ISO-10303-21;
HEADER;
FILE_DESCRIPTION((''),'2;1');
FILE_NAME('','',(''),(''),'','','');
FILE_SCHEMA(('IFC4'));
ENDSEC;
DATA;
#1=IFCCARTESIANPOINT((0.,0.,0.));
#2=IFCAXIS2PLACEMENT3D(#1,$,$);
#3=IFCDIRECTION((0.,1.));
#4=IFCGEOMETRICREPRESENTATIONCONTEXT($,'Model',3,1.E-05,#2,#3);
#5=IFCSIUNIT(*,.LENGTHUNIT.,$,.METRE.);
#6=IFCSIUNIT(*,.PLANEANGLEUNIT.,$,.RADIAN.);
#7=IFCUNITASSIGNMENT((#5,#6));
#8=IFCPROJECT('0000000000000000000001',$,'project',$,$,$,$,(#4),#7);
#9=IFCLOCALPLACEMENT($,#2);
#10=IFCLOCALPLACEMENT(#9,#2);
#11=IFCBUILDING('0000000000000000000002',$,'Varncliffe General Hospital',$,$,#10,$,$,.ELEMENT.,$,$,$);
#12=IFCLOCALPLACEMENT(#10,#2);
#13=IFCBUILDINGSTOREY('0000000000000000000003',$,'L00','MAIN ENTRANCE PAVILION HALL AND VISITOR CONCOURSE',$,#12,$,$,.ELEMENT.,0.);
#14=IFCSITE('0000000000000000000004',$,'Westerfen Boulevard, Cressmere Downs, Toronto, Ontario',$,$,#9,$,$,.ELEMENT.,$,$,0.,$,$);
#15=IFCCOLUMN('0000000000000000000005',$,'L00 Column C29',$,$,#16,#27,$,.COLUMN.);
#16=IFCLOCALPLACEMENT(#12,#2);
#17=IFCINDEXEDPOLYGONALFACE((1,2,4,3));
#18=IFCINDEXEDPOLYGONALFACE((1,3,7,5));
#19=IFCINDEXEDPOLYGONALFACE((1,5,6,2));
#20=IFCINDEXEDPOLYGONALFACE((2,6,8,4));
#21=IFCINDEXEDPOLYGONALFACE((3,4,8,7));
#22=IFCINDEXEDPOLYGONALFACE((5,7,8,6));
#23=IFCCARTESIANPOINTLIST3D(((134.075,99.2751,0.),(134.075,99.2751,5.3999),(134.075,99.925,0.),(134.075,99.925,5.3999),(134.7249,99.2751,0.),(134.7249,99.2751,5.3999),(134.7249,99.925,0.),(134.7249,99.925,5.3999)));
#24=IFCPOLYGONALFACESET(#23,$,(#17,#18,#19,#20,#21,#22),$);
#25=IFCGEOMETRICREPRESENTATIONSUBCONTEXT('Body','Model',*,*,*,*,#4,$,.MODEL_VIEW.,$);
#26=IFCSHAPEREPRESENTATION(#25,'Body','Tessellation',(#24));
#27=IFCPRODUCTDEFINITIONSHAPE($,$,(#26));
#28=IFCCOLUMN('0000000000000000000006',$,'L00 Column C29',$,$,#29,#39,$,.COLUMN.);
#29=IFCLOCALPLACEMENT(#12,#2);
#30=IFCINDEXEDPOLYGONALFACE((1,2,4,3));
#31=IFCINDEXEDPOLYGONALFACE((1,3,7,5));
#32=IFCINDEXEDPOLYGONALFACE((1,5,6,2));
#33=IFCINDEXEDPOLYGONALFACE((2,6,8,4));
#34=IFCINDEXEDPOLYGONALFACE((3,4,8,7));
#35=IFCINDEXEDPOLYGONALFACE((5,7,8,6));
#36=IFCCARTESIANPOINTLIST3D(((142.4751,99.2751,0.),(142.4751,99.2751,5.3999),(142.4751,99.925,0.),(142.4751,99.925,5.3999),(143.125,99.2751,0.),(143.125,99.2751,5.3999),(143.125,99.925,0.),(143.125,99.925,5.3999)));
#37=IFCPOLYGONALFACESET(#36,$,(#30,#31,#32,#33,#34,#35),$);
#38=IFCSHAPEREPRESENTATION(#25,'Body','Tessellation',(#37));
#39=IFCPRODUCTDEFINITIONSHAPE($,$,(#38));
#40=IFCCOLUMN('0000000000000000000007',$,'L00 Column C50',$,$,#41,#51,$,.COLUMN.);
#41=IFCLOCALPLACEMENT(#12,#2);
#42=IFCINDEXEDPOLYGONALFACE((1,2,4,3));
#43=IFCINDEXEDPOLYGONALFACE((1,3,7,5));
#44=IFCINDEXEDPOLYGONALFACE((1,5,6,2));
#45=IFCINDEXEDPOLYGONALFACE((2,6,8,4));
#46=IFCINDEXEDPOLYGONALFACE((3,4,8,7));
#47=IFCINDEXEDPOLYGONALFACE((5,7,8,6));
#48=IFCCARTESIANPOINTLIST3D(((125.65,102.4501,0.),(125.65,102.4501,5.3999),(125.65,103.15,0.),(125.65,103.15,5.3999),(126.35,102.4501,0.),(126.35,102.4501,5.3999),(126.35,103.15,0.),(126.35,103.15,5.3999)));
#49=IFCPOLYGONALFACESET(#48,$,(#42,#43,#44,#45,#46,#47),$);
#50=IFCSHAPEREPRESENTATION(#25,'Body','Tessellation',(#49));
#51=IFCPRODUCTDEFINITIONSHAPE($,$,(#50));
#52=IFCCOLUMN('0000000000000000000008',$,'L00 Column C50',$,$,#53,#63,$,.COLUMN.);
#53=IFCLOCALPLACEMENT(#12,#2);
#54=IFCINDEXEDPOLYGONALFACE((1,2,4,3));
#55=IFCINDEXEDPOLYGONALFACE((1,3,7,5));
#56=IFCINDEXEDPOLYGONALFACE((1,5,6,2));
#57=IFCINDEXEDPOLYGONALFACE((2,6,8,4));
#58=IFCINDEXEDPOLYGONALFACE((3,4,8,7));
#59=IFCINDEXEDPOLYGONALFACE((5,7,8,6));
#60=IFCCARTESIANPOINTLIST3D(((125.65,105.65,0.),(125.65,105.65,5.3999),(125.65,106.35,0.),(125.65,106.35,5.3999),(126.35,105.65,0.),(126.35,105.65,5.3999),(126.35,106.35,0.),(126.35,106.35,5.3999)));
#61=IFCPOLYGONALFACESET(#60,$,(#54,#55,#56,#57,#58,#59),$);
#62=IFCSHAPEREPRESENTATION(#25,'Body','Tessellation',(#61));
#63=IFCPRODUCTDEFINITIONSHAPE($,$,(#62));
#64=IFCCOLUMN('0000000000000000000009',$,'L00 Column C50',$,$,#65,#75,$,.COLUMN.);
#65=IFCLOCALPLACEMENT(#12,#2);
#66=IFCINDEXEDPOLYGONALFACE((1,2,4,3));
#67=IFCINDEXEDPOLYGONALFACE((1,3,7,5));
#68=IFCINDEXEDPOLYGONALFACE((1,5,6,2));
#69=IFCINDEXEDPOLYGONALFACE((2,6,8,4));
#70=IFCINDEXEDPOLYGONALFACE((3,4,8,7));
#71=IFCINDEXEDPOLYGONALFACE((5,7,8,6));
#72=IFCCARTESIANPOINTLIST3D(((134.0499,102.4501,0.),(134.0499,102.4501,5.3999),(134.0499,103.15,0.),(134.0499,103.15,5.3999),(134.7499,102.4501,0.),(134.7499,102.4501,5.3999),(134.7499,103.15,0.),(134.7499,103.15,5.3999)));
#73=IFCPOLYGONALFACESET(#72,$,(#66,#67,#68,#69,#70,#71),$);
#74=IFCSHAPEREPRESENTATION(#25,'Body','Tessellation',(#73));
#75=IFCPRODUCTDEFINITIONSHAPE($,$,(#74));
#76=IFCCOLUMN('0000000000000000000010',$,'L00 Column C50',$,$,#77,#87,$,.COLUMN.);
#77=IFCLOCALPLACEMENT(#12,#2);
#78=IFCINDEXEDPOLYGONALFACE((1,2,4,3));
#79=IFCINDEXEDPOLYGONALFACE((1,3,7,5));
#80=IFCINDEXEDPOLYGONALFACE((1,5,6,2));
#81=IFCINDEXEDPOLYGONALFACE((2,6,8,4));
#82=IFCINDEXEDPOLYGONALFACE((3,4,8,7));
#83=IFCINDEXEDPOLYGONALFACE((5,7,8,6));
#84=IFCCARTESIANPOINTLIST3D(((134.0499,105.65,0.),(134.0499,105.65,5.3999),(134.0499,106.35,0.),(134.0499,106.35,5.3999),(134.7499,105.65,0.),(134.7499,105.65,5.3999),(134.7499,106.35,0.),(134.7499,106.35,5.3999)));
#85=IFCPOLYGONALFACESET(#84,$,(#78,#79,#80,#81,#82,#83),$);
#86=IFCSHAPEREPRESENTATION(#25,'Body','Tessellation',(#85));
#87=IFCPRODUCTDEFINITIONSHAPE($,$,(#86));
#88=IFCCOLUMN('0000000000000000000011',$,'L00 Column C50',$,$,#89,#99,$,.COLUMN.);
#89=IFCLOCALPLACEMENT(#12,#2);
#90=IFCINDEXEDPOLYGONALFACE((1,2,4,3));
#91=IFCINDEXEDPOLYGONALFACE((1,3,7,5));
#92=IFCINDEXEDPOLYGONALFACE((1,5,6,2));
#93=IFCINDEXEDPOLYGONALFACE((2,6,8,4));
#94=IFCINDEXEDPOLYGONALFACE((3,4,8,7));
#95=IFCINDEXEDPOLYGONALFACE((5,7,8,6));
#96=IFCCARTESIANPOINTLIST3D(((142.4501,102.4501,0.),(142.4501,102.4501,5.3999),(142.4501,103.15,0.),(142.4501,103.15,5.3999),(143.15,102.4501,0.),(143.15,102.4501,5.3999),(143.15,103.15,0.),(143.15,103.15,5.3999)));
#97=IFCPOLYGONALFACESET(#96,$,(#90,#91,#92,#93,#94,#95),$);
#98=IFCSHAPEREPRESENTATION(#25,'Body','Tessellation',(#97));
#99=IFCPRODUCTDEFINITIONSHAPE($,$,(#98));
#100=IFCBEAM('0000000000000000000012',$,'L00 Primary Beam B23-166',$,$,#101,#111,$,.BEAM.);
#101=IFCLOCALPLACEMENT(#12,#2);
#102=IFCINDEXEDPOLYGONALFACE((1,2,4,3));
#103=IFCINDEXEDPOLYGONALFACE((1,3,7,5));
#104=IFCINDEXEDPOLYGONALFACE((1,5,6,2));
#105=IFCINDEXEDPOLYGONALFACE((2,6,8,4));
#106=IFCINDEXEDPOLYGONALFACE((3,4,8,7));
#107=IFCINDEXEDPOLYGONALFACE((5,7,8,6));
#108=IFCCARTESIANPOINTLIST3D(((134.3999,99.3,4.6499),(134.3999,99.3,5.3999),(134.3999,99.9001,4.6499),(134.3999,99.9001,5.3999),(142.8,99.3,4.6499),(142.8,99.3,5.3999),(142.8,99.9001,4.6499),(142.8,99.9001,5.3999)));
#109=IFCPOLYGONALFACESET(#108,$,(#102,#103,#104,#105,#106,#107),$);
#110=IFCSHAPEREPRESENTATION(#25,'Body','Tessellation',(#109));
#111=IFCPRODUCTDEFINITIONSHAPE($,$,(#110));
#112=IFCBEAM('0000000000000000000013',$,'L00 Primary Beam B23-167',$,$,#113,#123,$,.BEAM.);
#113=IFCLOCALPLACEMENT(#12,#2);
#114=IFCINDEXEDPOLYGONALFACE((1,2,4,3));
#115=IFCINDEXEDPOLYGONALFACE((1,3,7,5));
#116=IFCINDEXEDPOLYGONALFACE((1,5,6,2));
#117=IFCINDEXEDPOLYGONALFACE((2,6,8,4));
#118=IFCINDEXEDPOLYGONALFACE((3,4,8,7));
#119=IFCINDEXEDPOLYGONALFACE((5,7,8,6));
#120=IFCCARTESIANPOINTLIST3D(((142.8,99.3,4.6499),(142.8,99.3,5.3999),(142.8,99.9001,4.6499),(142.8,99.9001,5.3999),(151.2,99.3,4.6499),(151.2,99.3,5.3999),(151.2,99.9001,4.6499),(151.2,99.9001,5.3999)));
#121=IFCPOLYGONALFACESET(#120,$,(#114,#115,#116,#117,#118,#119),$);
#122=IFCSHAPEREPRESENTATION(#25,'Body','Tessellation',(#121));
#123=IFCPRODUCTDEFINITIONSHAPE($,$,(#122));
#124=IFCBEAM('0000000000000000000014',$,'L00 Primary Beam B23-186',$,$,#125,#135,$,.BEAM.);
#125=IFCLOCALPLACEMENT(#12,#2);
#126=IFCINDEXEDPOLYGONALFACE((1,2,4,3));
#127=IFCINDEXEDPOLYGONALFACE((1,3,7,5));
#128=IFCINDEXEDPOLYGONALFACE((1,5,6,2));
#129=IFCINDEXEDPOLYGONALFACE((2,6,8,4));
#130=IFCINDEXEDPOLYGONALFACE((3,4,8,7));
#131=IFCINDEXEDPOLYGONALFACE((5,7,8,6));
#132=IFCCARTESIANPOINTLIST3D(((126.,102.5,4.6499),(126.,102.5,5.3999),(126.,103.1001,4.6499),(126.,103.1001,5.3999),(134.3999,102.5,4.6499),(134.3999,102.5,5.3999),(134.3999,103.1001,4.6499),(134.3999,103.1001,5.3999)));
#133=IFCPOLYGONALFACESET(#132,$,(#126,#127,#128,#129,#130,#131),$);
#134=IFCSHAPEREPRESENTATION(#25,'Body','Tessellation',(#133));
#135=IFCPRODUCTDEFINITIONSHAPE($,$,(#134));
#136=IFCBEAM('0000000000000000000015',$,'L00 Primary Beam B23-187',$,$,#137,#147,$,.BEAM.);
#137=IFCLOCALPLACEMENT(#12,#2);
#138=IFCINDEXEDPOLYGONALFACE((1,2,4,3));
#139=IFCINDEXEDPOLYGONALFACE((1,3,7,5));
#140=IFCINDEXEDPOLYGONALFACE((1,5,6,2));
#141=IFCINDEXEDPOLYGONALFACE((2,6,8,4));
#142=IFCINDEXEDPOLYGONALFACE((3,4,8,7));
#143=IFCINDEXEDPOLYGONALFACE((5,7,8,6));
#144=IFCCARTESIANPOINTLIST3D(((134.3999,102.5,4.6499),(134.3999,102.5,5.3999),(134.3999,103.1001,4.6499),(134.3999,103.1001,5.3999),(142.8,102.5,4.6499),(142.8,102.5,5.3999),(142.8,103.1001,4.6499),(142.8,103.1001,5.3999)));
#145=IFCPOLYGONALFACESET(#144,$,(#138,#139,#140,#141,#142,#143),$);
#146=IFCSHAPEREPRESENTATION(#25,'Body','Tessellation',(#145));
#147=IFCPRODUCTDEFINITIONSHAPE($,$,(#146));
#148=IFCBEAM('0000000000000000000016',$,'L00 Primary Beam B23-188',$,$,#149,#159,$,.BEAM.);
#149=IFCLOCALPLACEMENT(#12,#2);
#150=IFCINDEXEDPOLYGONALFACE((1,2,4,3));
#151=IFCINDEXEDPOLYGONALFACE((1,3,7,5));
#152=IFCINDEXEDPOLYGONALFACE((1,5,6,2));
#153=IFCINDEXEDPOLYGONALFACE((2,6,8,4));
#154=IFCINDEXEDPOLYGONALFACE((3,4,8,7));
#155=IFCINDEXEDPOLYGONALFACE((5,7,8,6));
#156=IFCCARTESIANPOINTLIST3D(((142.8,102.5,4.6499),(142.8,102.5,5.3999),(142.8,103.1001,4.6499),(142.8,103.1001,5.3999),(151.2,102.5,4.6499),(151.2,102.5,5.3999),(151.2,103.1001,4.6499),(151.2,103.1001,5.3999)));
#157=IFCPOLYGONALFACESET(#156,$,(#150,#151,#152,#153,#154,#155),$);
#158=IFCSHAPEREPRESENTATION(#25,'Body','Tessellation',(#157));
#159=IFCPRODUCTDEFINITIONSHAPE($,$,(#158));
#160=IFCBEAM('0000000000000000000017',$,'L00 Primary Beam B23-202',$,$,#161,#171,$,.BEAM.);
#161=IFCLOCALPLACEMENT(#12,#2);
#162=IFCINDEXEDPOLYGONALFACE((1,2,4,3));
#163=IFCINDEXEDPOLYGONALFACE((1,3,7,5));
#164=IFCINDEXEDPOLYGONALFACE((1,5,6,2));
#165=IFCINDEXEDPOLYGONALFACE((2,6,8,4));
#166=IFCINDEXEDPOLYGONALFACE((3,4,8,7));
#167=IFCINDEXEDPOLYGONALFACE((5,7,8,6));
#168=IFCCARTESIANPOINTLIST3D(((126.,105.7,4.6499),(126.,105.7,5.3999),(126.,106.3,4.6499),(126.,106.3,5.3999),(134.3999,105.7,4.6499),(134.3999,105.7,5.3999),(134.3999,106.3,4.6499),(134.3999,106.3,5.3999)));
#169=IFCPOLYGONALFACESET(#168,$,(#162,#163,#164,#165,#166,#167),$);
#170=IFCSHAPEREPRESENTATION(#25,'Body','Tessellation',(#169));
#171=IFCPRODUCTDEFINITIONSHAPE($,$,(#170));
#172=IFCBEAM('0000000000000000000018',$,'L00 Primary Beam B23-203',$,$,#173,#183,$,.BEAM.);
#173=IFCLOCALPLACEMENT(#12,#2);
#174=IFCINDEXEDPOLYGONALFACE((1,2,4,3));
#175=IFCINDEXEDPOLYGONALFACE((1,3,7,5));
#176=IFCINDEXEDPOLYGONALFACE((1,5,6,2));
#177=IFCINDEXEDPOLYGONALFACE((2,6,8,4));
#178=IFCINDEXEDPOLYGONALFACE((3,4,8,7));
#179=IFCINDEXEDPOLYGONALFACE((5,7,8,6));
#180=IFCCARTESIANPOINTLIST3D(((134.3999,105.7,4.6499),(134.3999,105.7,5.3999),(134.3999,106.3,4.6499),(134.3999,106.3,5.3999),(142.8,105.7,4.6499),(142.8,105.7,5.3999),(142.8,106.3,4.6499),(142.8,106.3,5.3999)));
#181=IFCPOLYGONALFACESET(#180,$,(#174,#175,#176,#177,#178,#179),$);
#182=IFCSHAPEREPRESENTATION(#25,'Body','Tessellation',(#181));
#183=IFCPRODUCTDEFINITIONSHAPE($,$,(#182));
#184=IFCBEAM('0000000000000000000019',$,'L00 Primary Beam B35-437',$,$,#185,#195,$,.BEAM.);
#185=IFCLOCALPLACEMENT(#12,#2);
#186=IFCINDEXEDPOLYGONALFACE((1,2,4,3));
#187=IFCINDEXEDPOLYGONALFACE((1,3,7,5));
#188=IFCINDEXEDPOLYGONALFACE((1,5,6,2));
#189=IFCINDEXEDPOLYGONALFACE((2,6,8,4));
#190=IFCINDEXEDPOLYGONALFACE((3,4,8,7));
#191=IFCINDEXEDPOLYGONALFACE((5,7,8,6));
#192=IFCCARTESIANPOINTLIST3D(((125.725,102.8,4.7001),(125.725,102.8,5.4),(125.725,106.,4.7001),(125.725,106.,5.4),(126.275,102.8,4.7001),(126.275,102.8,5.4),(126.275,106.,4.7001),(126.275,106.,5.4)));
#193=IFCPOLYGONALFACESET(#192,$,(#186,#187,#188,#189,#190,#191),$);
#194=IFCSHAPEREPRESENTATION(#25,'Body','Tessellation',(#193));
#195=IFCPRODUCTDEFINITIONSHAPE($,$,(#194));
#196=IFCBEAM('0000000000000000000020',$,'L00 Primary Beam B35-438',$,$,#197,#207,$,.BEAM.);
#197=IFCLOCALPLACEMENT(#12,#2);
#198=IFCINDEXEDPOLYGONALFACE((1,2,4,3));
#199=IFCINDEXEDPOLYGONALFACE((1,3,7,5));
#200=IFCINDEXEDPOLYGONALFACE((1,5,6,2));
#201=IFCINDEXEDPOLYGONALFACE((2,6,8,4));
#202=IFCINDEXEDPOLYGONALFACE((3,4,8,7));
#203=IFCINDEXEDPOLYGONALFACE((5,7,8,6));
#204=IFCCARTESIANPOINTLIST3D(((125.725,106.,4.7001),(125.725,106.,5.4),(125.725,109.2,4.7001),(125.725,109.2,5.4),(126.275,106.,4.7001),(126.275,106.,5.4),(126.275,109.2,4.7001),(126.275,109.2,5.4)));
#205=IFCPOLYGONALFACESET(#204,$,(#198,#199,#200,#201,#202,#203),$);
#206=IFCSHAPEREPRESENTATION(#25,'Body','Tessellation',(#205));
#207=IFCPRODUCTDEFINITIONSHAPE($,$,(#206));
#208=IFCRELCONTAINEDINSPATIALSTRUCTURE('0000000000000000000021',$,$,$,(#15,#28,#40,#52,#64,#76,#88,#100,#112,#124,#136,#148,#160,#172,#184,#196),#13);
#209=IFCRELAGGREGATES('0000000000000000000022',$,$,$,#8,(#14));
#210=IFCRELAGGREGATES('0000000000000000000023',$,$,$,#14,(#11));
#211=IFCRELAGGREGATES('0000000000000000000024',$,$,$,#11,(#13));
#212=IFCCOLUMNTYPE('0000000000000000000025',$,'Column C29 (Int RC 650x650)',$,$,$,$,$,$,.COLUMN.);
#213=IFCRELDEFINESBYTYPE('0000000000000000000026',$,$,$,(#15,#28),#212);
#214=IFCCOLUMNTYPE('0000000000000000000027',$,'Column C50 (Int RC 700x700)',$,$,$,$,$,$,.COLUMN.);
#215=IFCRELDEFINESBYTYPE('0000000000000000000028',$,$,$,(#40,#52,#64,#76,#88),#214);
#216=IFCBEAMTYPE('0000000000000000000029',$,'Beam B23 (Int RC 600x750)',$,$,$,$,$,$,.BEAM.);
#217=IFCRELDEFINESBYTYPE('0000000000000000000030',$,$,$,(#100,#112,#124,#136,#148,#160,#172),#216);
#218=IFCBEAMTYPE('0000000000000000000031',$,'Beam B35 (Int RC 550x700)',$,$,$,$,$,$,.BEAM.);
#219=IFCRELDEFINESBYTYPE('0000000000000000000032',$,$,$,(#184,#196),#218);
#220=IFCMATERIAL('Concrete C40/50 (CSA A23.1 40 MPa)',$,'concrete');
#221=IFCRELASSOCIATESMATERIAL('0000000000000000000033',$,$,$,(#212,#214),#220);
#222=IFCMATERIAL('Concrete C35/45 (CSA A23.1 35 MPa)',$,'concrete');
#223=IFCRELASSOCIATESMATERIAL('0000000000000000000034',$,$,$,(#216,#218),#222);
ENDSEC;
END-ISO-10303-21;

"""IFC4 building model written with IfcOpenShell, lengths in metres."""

from ifc_helpers import new_model, si_unit, direction, frame, origin, origin_2d, place, context, subcontext, project, spatial, rectangle, extrude, material, material_profile, profile_set, type_object, element, save


model = new_model("IFC4")

# Units and contexts
model_context = context("Model", 3, precision=1e-05, world=origin(), true_north=direction((0.0, 1.0)))
body_context = subcontext(model_context, "Body", "Model", "MODEL_VIEW")
ifc_project = project(units=[si_unit("LENGTHUNIT", "METRE"), si_unit("PLANEANGLEUNIT", "RADIAN")], contexts=[model_context])

# Site, building, storey
site_placement = place(None, origin())
site = spatial("IfcSite", under=ifc_project, at=site_placement, Name="Westerfen Boulevard, Cressmere Downs, Toronto, Ontario", CompositionType="ELEMENT", RefElevation=0.0)
building_placement = place(site_placement, origin())
building = spatial("IfcBuilding", under=site, at=building_placement, Name="Varncliffe General Hospital", CompositionType="ELEMENT")
storey_placement = place(building_placement, origin())
storey = spatial("IfcBuildingStorey", under=building, at=storey_placement, Name="L00", Description="MAIN ENTRANCE PAVILION HALL AND VISITOR CONCOURSE", CompositionType="ELEMENT", Elevation=0.0)

# Columns
ifc_material_1 = material(Name="Concrete C40/50 (CSA A23.1 40 MPa)", Category="concrete")
ifc_material_profile_1 = material_profile(ifc_material_1, rectangle(XDim=0.6499, YDim=0.6499, at=origin_2d()), Name="RC 650x650")
ifc_profile_set_1 = profile_set([ifc_material_profile_1], Name="Concrete C40/50 (CSA A23.1 40 MPa)")
column_type_1 = type_object("IfcColumnType", Name="Column C29 (Int RC 650x650)", PredefinedType="COLUMN", material=ifc_profile_set_1)
for number, where, z_axis, x_axis, name in (
    (1, (134.3999, 99.6001, 0.0), (0.0, 0.0, 1.0), (1.0, 0.0, 0.0), "L00 Column C29"),
    (2, (142.8, 99.6001, 0.0), (0.0, 0.0, 1.0), (1.0, 0.0, 0.0), "L00 Column C29"),
):
    element("IfcColumn", number, at=place(storey_placement, frame(where, z_axis=z_axis, x_axis=x_axis)), inside=storey, type_object=column_type_1, Name=name, PredefinedType="COLUMN", context=body_context, shape_type="SweptSolid", body=[
        extrude(rectangle(XDim=0.6499, YDim=0.6499, at=origin_2d()), origin(), (0.0, 0.0, 1.0), 5.3999),
    ])
ifc_material_profile_2 = material_profile(ifc_material_1, rectangle(XDim=0.7, YDim=0.7, at=origin_2d()), Name="RC 700x700")
ifc_profile_set_2 = profile_set([ifc_material_profile_2], Name="Concrete C40/50 (CSA A23.1 40 MPa)")
column_type_2 = type_object("IfcColumnType", Name="Column C50 (Int RC 700x700)", PredefinedType="COLUMN", material=ifc_profile_set_2)
for number, where, z_axis, x_axis, name in (
    (3, (126.0, 102.8, 0.0), (0.0, 0.0, 1.0), (1.0, 0.0, 0.0), "L00 Column C50"),
    (4, (126.0, 106.0, 0.0), (0.0, 0.0, 1.0), (1.0, 0.0, 0.0), "L00 Column C50"),
    (5, (134.3999, 102.8, 0.0), (0.0, 0.0, 1.0), (1.0, 0.0, 0.0), "L00 Column C50"),
    (6, (134.3999, 106.0, 0.0), (0.0, 0.0, 1.0), (1.0, 0.0, 0.0), "L00 Column C50"),
    (7, (142.8, 102.8, 0.0), (0.0, 0.0, 1.0), (1.0, 0.0, 0.0), "L00 Column C50"),
):
    element("IfcColumn", number, at=place(storey_placement, frame(where, z_axis=z_axis, x_axis=x_axis)), inside=storey, type_object=column_type_2, Name=name, PredefinedType="COLUMN", context=body_context, shape_type="SweptSolid", body=[
        extrude(rectangle(XDim=0.7, YDim=0.7, at=origin_2d()), origin(), (0.0, 0.0, 1.0), 5.3999),
    ])

# Beams
ifc_material_2 = material(Name="Concrete C35/45 (CSA A23.1 35 MPa)", Category="concrete")
ifc_material_profile_3 = material_profile(ifc_material_2, rectangle(XDim=0.6001, YDim=0.75, at=origin_2d()), Name="RC 600x750")
ifc_profile_set_3 = profile_set([ifc_material_profile_3], Name="Concrete C35/45 (CSA A23.1 35 MPa)")
beam_type_1 = type_object("IfcBeamType", Name="Beam B23 (Int RC 600x750)", PredefinedType="BEAM", material=ifc_profile_set_3)
beam_1_placement = place(storey_placement, frame((134.3999, 99.6001, 5.0249), z_axis=(1.0, 0.0, 0.0), x_axis=(0.0, 1.0, 0.0)))
element("IfcBeam", 8, at=beam_1_placement, inside=storey, type_object=beam_type_1, Name="L00 Primary Beam B23-166", PredefinedType="BEAM", context=body_context, shape_type="SweptSolid", body=[
    extrude(rectangle(XDim=0.6001, YDim=0.75, at=origin_2d()), origin(), (0.0, 0.0, 1.0), 8.4001),
])
for number, where, z_axis, x_axis, name in (
    (9, (142.8, 99.6001, 5.0249), (1.0, 0.0, 0.0), (0.0, 1.0, 0.0), "L00 Primary Beam B23-167"),
    (10, (126.0, 102.8, 5.0249), (1.0, 0.0, 0.0), (0.0, 1.0, 0.0), "L00 Primary Beam B23-186"),
):
    element("IfcBeam", number, at=place(storey_placement, frame(where, z_axis=z_axis, x_axis=x_axis)), inside=storey, type_object=beam_type_1, Name=name, PredefinedType="BEAM", context=body_context, shape_type="SweptSolid", body=[
        extrude(rectangle(XDim=0.6001, YDim=0.75, at=origin_2d()), origin(), (0.0, 0.0, 1.0), 8.3999),
    ])
beam_2_placement = place(storey_placement, frame((134.3999, 102.8, 5.0249), z_axis=(1.0, 0.0, 0.0), x_axis=(0.0, 1.0, 0.0)))
element("IfcBeam", 11, at=beam_2_placement, inside=storey, type_object=beam_type_1, Name="L00 Primary Beam B23-187", PredefinedType="BEAM", context=body_context, shape_type="SweptSolid", body=[
    extrude(rectangle(XDim=0.6001, YDim=0.75, at=origin_2d()), origin(), (0.0, 0.0, 1.0), 8.4001),
])
for number, where, z_axis, x_axis, name in (
    (12, (142.8, 102.8, 5.0249), (1.0, 0.0, 0.0), (0.0, 1.0, 0.0), "L00 Primary Beam B23-188"),
    (13, (126.0, 106.0, 5.0249), (1.0, 0.0, 0.0), (0.0, 1.0, 0.0), "L00 Primary Beam B23-202"),
):
    element("IfcBeam", number, at=place(storey_placement, frame(where, z_axis=z_axis, x_axis=x_axis)), inside=storey, type_object=beam_type_1, Name=name, PredefinedType="BEAM", context=body_context, shape_type="SweptSolid", body=[
        extrude(rectangle(XDim=0.6001, YDim=0.75, at=origin_2d()), origin(), (0.0, 0.0, 1.0), 8.3999),
    ])
beam_3_placement = place(storey_placement, frame((134.3999, 106.0, 5.0249), z_axis=(1.0, 0.0, 0.0), x_axis=(0.0, 1.0, 0.0)))
element("IfcBeam", 14, at=beam_3_placement, inside=storey, type_object=beam_type_1, Name="L00 Primary Beam B23-203", PredefinedType="BEAM", context=body_context, shape_type="SweptSolid", body=[
    extrude(rectangle(XDim=0.6001, YDim=0.75, at=origin_2d()), origin(), (0.0, 0.0, 1.0), 8.4001),
])
ifc_material_profile_4 = material_profile(ifc_material_2, rectangle(XDim=0.55, YDim=0.7, at=origin_2d()), Name="RC 550x700")
ifc_profile_set_4 = profile_set([ifc_material_profile_4], Name="Concrete C35/45 (CSA A23.1 35 MPa)")
beam_type_2 = type_object("IfcBeamType", Name="Beam B35 (Int RC 550x700)", PredefinedType="BEAM", material=ifc_profile_set_4)
for number, where, z_axis, x_axis, name in (
    (15, (126.0, 102.8, 5.05), (0.0, 1.0, 0.0), (-1.0, 0.0, 0.0), "L00 Primary Beam B35-437"),
    (16, (126.0, 106.0, 5.05), (0.0, 1.0, 0.0), (-1.0, 0.0, 0.0), "L00 Primary Beam B35-438"),
):
    element("IfcBeam", number, at=place(storey_placement, frame(where, z_axis=z_axis, x_axis=x_axis)), inside=storey, type_object=beam_type_2, Name=name, PredefinedType="BEAM", context=body_context, shape_type="SweptSolid", body=[
        extrude(rectangle(XDim=0.55, YDim=0.7, at=origin_2d()), origin(), (0.0, 0.0, 1.0), 3.2),
    ])

save(model, "model.ifc")
